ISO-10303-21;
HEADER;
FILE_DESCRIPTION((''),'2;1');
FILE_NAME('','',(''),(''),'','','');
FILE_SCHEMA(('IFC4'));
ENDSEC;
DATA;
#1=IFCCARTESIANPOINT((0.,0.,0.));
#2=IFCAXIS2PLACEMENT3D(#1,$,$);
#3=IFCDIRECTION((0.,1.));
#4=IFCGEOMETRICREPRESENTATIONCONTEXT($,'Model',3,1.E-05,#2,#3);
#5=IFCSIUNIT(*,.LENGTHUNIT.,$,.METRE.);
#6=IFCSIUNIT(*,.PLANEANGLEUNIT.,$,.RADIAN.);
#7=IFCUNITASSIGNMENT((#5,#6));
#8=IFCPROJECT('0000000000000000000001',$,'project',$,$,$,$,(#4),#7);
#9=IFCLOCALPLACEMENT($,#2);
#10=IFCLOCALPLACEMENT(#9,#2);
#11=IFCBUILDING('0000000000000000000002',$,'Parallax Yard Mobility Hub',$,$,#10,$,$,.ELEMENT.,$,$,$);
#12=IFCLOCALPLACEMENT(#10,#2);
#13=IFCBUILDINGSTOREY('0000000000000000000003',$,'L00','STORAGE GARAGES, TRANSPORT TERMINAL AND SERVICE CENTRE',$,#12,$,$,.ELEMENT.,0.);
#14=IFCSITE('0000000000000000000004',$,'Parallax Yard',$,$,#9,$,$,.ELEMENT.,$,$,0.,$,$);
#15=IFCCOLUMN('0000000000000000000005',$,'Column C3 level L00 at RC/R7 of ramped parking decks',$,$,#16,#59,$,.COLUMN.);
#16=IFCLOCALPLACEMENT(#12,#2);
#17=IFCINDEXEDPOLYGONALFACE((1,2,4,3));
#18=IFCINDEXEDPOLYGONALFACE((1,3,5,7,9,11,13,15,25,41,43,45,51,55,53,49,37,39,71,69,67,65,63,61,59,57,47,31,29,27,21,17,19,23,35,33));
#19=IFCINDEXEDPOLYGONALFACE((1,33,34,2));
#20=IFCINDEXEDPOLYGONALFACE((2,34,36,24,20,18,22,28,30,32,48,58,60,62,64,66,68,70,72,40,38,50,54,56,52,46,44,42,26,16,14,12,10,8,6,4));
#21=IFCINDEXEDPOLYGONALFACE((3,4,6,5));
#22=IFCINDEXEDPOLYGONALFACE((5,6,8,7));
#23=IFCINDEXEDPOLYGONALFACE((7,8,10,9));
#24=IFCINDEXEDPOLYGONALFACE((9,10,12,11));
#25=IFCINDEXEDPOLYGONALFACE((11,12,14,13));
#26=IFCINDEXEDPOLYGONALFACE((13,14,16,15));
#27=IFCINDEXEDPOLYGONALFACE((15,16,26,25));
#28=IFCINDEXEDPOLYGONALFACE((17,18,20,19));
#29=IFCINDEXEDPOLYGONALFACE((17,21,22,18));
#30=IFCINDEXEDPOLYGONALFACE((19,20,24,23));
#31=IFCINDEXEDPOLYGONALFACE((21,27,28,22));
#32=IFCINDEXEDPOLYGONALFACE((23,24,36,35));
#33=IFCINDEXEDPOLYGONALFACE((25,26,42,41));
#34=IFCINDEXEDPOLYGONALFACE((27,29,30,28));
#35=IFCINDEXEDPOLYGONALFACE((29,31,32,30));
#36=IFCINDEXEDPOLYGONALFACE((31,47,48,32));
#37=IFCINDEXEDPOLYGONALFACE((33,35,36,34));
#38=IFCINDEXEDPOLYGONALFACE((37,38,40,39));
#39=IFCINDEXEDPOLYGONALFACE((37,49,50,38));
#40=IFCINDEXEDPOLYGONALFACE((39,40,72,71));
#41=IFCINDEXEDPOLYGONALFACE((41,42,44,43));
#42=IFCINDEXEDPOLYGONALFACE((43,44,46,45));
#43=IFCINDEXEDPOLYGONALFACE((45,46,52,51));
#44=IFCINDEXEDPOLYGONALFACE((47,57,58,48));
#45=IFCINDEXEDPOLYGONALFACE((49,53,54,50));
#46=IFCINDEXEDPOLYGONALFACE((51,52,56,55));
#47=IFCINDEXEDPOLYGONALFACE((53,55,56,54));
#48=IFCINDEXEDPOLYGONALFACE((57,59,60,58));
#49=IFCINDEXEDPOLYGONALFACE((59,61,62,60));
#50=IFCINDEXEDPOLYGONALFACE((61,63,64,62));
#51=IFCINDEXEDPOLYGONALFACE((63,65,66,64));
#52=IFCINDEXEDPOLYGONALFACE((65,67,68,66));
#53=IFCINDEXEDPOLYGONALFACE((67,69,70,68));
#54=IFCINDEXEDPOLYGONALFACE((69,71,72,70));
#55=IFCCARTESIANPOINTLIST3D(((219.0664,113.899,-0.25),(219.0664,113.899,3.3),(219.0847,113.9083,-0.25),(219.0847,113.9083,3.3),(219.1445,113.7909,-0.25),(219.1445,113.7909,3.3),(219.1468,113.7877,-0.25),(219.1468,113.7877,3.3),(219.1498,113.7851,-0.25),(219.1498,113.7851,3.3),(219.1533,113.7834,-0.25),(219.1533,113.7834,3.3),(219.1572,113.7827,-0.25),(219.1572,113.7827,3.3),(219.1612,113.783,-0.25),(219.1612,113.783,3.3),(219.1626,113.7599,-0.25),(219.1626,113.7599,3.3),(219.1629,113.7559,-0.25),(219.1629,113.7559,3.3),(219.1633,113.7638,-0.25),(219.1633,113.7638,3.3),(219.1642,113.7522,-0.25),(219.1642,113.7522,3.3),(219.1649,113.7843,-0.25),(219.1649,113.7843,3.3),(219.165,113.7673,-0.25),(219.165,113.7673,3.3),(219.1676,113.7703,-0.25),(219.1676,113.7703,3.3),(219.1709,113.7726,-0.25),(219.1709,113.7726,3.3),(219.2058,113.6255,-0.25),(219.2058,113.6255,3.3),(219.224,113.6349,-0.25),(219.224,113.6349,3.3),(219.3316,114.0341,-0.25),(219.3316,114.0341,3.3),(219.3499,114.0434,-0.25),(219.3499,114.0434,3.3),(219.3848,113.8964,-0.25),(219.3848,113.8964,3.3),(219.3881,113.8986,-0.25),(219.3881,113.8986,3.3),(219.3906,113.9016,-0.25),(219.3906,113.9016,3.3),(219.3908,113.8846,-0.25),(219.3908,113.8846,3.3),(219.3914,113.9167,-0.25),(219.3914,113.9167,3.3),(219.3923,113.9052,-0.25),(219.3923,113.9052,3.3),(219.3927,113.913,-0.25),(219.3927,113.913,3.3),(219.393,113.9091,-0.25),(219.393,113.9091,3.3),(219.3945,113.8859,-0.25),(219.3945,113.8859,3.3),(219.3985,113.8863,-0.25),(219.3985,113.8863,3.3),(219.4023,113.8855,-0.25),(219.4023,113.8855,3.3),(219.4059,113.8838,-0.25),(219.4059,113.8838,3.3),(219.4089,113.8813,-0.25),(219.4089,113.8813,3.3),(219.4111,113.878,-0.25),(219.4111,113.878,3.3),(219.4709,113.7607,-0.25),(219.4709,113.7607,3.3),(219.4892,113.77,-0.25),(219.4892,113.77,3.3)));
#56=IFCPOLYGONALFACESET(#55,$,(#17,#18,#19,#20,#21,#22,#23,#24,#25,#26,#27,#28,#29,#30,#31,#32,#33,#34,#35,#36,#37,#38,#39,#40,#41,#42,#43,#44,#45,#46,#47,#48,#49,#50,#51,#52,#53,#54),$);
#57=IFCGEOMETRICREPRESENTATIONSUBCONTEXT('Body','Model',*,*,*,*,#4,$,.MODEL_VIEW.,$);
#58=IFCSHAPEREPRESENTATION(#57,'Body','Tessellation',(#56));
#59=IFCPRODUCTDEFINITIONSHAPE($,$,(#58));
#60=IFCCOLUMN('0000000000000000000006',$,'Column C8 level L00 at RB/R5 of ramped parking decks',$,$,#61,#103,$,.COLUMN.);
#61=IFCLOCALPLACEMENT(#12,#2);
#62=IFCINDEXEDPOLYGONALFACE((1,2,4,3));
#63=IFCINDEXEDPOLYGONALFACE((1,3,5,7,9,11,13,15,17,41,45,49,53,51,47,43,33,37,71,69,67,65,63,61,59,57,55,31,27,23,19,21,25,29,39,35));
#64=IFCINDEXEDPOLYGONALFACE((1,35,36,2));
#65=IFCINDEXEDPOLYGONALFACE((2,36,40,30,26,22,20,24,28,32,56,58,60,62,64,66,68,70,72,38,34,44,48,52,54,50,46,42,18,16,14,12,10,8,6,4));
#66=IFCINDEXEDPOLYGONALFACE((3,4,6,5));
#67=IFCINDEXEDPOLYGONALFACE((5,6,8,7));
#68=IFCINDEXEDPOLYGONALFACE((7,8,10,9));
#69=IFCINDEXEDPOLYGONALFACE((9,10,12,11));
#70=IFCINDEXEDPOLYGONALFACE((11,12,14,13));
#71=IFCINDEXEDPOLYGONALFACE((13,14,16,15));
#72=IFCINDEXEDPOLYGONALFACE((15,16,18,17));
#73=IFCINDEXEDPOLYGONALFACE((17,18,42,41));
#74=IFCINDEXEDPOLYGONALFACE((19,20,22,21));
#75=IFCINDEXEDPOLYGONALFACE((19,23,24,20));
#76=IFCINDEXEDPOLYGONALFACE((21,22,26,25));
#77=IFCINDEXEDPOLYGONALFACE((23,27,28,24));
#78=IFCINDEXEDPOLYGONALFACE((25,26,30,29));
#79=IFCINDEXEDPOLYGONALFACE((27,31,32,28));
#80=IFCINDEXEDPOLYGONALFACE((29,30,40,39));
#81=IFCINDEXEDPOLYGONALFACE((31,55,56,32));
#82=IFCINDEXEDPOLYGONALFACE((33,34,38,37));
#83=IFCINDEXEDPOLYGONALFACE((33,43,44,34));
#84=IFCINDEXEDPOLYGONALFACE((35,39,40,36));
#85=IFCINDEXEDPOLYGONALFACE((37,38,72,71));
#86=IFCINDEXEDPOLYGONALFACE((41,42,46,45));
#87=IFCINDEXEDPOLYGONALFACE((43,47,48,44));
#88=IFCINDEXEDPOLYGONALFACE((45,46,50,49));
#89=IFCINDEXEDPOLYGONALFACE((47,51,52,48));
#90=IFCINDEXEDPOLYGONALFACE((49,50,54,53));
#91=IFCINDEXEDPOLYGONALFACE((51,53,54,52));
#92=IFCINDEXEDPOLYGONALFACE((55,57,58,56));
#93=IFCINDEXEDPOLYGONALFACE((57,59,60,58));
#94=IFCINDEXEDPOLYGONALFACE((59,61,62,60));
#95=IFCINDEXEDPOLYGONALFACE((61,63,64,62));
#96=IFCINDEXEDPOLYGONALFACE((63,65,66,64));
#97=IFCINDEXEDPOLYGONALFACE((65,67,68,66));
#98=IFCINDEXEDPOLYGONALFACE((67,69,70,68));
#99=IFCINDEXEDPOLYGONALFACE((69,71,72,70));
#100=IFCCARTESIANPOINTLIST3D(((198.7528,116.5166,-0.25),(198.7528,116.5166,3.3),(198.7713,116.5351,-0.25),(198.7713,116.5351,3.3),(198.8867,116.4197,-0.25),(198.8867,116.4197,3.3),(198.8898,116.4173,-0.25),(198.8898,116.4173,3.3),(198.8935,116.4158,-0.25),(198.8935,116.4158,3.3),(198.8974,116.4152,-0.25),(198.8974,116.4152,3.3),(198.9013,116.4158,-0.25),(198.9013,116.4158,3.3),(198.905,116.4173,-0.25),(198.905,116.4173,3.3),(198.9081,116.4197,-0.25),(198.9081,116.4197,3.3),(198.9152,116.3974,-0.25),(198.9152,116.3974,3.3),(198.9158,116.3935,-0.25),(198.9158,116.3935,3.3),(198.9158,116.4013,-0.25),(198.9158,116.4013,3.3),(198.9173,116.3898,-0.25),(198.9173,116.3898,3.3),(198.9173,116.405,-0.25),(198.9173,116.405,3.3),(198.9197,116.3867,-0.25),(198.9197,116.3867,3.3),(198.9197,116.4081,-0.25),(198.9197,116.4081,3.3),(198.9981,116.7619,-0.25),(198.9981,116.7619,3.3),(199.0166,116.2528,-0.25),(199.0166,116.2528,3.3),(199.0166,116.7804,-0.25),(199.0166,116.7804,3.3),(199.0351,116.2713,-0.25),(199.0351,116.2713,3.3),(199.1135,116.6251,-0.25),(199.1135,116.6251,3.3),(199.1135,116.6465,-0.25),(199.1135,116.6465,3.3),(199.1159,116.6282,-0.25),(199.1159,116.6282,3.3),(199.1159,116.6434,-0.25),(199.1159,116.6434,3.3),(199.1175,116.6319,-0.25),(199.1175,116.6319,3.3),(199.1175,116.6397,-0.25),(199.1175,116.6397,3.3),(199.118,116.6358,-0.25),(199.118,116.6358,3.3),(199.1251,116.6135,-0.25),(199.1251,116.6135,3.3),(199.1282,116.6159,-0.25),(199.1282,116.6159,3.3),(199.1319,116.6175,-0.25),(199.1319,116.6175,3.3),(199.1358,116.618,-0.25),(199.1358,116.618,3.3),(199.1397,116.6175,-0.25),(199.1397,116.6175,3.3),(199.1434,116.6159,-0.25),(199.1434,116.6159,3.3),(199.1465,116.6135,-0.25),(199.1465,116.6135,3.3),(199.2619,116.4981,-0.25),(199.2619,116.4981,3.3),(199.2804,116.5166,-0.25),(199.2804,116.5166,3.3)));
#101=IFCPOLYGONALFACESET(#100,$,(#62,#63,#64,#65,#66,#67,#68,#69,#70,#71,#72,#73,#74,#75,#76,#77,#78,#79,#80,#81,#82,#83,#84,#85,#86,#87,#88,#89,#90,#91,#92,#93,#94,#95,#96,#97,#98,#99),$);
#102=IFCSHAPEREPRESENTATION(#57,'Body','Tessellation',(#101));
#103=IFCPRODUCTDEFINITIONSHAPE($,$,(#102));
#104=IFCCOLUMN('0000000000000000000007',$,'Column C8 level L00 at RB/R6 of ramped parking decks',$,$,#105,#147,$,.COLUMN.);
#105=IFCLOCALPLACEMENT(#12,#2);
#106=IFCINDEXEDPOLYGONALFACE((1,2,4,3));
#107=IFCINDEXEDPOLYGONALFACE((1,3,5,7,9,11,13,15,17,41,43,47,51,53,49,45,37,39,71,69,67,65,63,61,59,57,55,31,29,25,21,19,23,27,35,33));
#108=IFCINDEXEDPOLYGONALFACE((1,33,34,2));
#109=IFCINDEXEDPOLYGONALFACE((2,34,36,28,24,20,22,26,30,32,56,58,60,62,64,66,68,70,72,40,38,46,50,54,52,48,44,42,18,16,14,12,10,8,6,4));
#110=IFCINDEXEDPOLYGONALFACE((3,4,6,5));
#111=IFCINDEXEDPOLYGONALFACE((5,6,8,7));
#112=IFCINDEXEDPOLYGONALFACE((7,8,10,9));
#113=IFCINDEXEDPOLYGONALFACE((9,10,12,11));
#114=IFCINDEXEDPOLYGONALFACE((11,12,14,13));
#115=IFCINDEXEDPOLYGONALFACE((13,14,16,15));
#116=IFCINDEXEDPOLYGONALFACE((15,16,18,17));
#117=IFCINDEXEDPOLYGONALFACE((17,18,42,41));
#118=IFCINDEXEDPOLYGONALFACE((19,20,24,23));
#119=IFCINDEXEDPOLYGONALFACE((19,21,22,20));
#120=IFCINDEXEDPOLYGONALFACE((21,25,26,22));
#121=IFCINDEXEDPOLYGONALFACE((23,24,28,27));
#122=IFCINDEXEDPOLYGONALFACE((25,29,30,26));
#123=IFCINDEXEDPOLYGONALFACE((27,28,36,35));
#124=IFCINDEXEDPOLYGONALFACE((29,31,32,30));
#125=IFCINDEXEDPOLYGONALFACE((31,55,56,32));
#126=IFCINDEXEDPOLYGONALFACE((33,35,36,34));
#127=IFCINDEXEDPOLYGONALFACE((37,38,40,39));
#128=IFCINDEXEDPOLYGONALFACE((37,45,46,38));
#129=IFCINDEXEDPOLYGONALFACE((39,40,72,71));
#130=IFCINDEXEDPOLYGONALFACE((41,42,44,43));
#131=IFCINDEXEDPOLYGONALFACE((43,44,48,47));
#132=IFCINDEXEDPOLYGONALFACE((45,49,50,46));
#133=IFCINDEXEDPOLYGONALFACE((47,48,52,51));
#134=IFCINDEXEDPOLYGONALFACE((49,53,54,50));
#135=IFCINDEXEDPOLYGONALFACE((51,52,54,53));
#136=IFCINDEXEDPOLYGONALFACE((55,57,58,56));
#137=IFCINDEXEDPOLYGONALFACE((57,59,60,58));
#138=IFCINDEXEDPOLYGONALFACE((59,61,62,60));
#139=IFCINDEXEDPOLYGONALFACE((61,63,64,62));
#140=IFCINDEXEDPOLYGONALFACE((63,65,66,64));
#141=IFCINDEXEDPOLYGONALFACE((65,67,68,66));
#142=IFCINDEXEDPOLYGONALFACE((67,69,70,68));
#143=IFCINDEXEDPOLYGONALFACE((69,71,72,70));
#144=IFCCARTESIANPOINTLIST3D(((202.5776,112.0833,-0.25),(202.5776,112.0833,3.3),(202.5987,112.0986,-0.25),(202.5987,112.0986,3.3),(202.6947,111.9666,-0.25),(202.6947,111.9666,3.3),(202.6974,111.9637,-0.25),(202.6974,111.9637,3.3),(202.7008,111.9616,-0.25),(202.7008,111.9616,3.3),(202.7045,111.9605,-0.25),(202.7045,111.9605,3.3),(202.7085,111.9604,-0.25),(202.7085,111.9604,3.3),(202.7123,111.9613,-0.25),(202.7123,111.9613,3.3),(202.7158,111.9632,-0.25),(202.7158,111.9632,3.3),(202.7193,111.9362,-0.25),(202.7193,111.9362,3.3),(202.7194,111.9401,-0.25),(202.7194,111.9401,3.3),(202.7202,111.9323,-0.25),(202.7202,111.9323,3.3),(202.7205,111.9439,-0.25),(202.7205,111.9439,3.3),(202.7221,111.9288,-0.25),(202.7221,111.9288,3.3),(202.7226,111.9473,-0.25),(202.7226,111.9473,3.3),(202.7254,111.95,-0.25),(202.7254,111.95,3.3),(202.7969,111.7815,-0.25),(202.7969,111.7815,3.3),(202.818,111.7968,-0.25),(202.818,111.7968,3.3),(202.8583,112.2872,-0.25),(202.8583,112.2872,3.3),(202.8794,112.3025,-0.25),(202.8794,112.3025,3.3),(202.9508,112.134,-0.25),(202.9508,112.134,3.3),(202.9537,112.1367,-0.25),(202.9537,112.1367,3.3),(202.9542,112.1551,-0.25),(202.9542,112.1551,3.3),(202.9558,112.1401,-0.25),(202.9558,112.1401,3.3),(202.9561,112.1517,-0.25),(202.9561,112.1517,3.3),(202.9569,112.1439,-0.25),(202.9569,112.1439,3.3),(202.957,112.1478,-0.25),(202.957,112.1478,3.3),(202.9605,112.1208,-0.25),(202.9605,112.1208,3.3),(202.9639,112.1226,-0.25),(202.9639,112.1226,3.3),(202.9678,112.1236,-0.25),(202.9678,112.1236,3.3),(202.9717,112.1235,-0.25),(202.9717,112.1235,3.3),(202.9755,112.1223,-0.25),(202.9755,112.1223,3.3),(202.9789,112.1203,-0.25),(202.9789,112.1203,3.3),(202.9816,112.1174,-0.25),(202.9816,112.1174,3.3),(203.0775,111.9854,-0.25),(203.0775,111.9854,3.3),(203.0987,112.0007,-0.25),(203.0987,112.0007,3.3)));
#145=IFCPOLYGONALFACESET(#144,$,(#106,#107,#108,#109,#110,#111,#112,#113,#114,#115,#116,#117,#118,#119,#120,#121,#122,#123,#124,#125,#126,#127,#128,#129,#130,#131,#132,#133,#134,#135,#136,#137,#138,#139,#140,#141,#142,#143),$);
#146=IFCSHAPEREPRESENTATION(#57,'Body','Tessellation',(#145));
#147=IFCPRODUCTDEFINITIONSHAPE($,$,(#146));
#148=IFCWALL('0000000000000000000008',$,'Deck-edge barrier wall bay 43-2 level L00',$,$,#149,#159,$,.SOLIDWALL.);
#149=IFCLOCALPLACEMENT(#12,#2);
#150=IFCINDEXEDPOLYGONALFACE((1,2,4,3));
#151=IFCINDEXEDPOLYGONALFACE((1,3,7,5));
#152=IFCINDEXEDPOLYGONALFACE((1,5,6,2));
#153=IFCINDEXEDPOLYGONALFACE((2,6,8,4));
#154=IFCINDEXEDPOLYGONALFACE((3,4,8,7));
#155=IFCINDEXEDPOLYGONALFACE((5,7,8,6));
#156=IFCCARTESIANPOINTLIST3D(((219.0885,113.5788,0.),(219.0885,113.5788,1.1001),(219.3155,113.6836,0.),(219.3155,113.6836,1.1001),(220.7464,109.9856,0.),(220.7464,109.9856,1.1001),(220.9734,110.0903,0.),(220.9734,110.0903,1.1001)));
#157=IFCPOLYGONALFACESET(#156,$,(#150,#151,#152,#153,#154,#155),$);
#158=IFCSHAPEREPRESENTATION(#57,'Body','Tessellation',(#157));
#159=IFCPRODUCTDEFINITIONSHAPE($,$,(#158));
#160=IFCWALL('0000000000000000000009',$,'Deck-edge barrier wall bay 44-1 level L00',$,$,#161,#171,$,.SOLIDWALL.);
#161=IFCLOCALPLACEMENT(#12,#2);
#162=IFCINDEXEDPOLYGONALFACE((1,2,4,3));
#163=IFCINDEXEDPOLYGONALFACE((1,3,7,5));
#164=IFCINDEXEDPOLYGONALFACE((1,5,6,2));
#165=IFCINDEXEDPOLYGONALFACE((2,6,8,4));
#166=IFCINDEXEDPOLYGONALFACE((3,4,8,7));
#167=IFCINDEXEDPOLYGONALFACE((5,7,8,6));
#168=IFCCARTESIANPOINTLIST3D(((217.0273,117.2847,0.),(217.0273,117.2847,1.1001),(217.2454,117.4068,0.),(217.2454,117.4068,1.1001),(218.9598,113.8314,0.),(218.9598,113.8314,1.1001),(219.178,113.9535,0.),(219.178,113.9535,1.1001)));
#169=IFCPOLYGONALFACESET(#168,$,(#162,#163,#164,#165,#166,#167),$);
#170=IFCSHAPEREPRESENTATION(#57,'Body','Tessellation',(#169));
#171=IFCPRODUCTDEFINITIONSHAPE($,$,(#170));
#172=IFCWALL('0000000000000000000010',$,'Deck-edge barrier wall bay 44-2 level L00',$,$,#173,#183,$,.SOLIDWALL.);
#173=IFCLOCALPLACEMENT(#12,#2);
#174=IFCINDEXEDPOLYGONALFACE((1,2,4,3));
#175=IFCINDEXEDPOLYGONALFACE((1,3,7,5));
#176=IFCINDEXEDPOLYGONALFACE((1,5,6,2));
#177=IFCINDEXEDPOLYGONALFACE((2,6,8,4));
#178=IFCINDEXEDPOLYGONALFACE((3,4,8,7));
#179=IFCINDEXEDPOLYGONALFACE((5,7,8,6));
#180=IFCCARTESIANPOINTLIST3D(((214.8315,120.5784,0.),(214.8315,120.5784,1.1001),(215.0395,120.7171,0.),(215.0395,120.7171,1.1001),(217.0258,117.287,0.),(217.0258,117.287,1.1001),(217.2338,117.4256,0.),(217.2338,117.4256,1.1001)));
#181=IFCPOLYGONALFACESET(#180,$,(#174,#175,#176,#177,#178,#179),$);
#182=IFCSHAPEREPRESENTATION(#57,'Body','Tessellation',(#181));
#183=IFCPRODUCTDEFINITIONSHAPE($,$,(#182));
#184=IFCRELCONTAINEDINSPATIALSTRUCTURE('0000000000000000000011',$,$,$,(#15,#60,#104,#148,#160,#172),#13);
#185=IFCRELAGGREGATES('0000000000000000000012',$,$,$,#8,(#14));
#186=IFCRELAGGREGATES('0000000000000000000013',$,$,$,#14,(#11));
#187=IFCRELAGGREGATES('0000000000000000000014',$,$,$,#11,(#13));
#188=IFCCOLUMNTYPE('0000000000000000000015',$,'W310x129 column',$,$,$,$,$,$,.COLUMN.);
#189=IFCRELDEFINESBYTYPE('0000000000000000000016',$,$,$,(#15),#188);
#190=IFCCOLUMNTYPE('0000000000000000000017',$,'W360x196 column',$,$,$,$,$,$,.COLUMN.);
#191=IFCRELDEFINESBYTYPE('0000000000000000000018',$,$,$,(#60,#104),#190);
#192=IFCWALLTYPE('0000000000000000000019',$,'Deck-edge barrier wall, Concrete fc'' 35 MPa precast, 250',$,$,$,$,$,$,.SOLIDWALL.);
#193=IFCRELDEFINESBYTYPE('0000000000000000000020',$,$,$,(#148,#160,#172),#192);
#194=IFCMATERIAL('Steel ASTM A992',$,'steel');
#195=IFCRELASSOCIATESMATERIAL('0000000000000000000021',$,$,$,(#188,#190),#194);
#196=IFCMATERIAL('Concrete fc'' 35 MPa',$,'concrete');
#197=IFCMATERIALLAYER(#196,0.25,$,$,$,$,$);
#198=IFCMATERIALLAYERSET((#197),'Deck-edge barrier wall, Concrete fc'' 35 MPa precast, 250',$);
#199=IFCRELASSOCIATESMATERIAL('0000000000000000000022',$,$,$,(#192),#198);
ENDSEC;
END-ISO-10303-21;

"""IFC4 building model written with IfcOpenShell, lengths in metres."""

from ifc_helpers import new_model, si_unit, direction, frame, frame_2d, origin, origin_2d, place, context, subcontext, project, spatial, rectangle, i_section, extrude, material, layer, layer_set, material_profile, profile_set, type_object, element, save


model = new_model("IFC4")

# Units and contexts
model_context = context("Model", 3, precision=1e-05, world=origin(), true_north=direction((0.0, 1.0)))
body_context = subcontext(model_context, "Body", "Model", "MODEL_VIEW")
ifc_project = project(units=[si_unit("LENGTHUNIT", "METRE"), si_unit("PLANEANGLEUNIT", "RADIAN")], contexts=[model_context])

# Site, building, storey
site_placement = place(None, origin())
site = spatial("IfcSite", under=ifc_project, at=site_placement, Name="Parallax Yard", CompositionType="ELEMENT", RefElevation=0.0)
building_placement = place(site_placement, origin())
building = spatial("IfcBuilding", under=site, at=building_placement, Name="Parallax Yard Mobility Hub", CompositionType="ELEMENT")
storey_placement = place(building_placement, origin())
storey = spatial("IfcBuildingStorey", under=building, at=storey_placement, Name="L00", Description="STORAGE GARAGES, TRANSPORT TERMINAL AND SERVICE CENTRE", CompositionType="ELEMENT", Elevation=0.0)

# Columns
ifc_material_1 = material(Name="Steel ASTM A992", Category="steel")
ifc_material_profile_1 = material_profile(ifc_material_1, i_section(OverallWidth=0.3069, OverallDepth=0.3181, WebThickness=0.0132, FlangeThickness=0.0205, FilletRadius=0.0151, at=origin_2d()), Name="W310x129")
ifc_profile_set_1 = profile_set([ifc_material_profile_1], Name="Steel ASTM A992")
column_type_1 = type_object("IfcColumnType", Name="W310x129 column", PredefinedType="COLUMN", material=ifc_profile_set_1)
column_placement = place(storey_placement, frame((219.2778, 113.8345, -0.25), z_axis=(0.0, 0.0, 1.0), x_axis=(-0.45399, 0.891007, 0.0)))
element("IfcColumn", 1, at=column_placement, inside=storey, type_object=column_type_1, Name="Column C3 level L00 at RC/R7 of ramped parking decks", PredefinedType="COLUMN", context=body_context, shape_type="SweptSolid", body=[
    extrude(i_section(OverallWidth=0.3069, OverallDepth=0.3181, WebThickness=0.0132, FlangeThickness=0.0205, FilletRadius=0.0151, at=origin_2d()), origin(), (0.0, 0.0, 1.0), 3.55),
])
ifc_material_profile_2 = material_profile(ifc_material_1, i_section(OverallWidth=0.373, OverallDepth=0.373, WebThickness=0.0164, FlangeThickness=0.0261, FilletRadius=0.0151, at=origin_2d()), Name="W360x196")
ifc_profile_set_2 = profile_set([ifc_material_profile_2], Name="Steel ASTM A992")
column_type_2 = type_object("IfcColumnType", Name="W360x196 column", PredefinedType="COLUMN", material=ifc_profile_set_2)
for number, where, z_axis, x_axis, name in (
    (2, (199.0166, 116.5166, -0.25), (0.0, 0.0, 1.0), (-0.707107, 0.707107, 0.0), "Column C8 level L00 at RB/R5 of ramped parking decks"),
    (3, (202.8381, 112.042, -0.25), (0.0, 0.0, 1.0), (-0.587785, 0.809017, 0.0), "Column C8 level L00 at RB/R6 of ramped parking decks"),
):
    element("IfcColumn", number, at=place(storey_placement, frame(where, z_axis=z_axis, x_axis=x_axis)), inside=storey, type_object=column_type_2, Name=name, PredefinedType="COLUMN", context=body_context, shape_type="SweptSolid", body=[
        extrude(i_section(OverallWidth=0.373, OverallDepth=0.373, WebThickness=0.0164, FlangeThickness=0.0261, FilletRadius=0.0151, at=origin_2d()), origin(), (0.0, 0.0, 1.0), 3.55),
    ])

# Walls
ifc_material_2 = material(Name="Concrete fc' 35 MPa", Category="concrete")
ifc_layer = layer(ifc_material_2, 0.25)
ifc_layer_set = layer_set([ifc_layer], Name="Deck-edge barrier wall, Concrete fc' 35 MPa precast, 250")
wall_type = type_object("IfcWallType", Name="Deck-edge barrier wall, Concrete fc' 35 MPa precast, 250", PredefinedType="SOLIDWALL", material=ifc_layer_set)
for number, where, z_axis, x_axis, name in (
    (4, (220.8599, 110.0381, 0.0), (0.0, 0.0, 1.0), (-0.41896, 0.908005, 0.0), "Deck-edge barrier wall bay 43-2 level L00"),
    (5, (219.0688, 113.8926, 0.0), (0.0, 0.0, 1.0), (-0.488359, 0.872643, 0.0), "Deck-edge barrier wall bay 44-1 level L00"),
):
    element("IfcWall", number, at=place(storey_placement, frame(where, z_axis=z_axis, x_axis=x_axis)), inside=storey, type_object=wall_type, Name=name, PredefinedType="SOLIDWALL", context=body_context, shape_type="SweptSolid", body=[
        extrude(rectangle(XDim=3.9573, YDim=0.25, at=frame_2d((1.9785, 0.0))), origin(), (0.0, 0.0, 1.0), 1.1001),
    ])
wall_placement = place(storey_placement, frame((217.1299, 117.3562, 0.0), z_axis=(0.0, 0.0, 1.0), x_axis=(-0.5547, 0.83205, 0.0)))
element("IfcWall", 6, at=wall_placement, inside=storey, type_object=wall_type, Name="Deck-edge barrier wall bay 44-2 level L00", PredefinedType="SOLIDWALL", context=body_context, shape_type="SweptSolid", body=[
    extrude(rectangle(XDim=3.9558, YDim=0.25, at=frame_2d((1.978, 0.0))), origin(), (0.0, 0.0, 1.0), 1.1001),
])

save(model, "model.ifc")
